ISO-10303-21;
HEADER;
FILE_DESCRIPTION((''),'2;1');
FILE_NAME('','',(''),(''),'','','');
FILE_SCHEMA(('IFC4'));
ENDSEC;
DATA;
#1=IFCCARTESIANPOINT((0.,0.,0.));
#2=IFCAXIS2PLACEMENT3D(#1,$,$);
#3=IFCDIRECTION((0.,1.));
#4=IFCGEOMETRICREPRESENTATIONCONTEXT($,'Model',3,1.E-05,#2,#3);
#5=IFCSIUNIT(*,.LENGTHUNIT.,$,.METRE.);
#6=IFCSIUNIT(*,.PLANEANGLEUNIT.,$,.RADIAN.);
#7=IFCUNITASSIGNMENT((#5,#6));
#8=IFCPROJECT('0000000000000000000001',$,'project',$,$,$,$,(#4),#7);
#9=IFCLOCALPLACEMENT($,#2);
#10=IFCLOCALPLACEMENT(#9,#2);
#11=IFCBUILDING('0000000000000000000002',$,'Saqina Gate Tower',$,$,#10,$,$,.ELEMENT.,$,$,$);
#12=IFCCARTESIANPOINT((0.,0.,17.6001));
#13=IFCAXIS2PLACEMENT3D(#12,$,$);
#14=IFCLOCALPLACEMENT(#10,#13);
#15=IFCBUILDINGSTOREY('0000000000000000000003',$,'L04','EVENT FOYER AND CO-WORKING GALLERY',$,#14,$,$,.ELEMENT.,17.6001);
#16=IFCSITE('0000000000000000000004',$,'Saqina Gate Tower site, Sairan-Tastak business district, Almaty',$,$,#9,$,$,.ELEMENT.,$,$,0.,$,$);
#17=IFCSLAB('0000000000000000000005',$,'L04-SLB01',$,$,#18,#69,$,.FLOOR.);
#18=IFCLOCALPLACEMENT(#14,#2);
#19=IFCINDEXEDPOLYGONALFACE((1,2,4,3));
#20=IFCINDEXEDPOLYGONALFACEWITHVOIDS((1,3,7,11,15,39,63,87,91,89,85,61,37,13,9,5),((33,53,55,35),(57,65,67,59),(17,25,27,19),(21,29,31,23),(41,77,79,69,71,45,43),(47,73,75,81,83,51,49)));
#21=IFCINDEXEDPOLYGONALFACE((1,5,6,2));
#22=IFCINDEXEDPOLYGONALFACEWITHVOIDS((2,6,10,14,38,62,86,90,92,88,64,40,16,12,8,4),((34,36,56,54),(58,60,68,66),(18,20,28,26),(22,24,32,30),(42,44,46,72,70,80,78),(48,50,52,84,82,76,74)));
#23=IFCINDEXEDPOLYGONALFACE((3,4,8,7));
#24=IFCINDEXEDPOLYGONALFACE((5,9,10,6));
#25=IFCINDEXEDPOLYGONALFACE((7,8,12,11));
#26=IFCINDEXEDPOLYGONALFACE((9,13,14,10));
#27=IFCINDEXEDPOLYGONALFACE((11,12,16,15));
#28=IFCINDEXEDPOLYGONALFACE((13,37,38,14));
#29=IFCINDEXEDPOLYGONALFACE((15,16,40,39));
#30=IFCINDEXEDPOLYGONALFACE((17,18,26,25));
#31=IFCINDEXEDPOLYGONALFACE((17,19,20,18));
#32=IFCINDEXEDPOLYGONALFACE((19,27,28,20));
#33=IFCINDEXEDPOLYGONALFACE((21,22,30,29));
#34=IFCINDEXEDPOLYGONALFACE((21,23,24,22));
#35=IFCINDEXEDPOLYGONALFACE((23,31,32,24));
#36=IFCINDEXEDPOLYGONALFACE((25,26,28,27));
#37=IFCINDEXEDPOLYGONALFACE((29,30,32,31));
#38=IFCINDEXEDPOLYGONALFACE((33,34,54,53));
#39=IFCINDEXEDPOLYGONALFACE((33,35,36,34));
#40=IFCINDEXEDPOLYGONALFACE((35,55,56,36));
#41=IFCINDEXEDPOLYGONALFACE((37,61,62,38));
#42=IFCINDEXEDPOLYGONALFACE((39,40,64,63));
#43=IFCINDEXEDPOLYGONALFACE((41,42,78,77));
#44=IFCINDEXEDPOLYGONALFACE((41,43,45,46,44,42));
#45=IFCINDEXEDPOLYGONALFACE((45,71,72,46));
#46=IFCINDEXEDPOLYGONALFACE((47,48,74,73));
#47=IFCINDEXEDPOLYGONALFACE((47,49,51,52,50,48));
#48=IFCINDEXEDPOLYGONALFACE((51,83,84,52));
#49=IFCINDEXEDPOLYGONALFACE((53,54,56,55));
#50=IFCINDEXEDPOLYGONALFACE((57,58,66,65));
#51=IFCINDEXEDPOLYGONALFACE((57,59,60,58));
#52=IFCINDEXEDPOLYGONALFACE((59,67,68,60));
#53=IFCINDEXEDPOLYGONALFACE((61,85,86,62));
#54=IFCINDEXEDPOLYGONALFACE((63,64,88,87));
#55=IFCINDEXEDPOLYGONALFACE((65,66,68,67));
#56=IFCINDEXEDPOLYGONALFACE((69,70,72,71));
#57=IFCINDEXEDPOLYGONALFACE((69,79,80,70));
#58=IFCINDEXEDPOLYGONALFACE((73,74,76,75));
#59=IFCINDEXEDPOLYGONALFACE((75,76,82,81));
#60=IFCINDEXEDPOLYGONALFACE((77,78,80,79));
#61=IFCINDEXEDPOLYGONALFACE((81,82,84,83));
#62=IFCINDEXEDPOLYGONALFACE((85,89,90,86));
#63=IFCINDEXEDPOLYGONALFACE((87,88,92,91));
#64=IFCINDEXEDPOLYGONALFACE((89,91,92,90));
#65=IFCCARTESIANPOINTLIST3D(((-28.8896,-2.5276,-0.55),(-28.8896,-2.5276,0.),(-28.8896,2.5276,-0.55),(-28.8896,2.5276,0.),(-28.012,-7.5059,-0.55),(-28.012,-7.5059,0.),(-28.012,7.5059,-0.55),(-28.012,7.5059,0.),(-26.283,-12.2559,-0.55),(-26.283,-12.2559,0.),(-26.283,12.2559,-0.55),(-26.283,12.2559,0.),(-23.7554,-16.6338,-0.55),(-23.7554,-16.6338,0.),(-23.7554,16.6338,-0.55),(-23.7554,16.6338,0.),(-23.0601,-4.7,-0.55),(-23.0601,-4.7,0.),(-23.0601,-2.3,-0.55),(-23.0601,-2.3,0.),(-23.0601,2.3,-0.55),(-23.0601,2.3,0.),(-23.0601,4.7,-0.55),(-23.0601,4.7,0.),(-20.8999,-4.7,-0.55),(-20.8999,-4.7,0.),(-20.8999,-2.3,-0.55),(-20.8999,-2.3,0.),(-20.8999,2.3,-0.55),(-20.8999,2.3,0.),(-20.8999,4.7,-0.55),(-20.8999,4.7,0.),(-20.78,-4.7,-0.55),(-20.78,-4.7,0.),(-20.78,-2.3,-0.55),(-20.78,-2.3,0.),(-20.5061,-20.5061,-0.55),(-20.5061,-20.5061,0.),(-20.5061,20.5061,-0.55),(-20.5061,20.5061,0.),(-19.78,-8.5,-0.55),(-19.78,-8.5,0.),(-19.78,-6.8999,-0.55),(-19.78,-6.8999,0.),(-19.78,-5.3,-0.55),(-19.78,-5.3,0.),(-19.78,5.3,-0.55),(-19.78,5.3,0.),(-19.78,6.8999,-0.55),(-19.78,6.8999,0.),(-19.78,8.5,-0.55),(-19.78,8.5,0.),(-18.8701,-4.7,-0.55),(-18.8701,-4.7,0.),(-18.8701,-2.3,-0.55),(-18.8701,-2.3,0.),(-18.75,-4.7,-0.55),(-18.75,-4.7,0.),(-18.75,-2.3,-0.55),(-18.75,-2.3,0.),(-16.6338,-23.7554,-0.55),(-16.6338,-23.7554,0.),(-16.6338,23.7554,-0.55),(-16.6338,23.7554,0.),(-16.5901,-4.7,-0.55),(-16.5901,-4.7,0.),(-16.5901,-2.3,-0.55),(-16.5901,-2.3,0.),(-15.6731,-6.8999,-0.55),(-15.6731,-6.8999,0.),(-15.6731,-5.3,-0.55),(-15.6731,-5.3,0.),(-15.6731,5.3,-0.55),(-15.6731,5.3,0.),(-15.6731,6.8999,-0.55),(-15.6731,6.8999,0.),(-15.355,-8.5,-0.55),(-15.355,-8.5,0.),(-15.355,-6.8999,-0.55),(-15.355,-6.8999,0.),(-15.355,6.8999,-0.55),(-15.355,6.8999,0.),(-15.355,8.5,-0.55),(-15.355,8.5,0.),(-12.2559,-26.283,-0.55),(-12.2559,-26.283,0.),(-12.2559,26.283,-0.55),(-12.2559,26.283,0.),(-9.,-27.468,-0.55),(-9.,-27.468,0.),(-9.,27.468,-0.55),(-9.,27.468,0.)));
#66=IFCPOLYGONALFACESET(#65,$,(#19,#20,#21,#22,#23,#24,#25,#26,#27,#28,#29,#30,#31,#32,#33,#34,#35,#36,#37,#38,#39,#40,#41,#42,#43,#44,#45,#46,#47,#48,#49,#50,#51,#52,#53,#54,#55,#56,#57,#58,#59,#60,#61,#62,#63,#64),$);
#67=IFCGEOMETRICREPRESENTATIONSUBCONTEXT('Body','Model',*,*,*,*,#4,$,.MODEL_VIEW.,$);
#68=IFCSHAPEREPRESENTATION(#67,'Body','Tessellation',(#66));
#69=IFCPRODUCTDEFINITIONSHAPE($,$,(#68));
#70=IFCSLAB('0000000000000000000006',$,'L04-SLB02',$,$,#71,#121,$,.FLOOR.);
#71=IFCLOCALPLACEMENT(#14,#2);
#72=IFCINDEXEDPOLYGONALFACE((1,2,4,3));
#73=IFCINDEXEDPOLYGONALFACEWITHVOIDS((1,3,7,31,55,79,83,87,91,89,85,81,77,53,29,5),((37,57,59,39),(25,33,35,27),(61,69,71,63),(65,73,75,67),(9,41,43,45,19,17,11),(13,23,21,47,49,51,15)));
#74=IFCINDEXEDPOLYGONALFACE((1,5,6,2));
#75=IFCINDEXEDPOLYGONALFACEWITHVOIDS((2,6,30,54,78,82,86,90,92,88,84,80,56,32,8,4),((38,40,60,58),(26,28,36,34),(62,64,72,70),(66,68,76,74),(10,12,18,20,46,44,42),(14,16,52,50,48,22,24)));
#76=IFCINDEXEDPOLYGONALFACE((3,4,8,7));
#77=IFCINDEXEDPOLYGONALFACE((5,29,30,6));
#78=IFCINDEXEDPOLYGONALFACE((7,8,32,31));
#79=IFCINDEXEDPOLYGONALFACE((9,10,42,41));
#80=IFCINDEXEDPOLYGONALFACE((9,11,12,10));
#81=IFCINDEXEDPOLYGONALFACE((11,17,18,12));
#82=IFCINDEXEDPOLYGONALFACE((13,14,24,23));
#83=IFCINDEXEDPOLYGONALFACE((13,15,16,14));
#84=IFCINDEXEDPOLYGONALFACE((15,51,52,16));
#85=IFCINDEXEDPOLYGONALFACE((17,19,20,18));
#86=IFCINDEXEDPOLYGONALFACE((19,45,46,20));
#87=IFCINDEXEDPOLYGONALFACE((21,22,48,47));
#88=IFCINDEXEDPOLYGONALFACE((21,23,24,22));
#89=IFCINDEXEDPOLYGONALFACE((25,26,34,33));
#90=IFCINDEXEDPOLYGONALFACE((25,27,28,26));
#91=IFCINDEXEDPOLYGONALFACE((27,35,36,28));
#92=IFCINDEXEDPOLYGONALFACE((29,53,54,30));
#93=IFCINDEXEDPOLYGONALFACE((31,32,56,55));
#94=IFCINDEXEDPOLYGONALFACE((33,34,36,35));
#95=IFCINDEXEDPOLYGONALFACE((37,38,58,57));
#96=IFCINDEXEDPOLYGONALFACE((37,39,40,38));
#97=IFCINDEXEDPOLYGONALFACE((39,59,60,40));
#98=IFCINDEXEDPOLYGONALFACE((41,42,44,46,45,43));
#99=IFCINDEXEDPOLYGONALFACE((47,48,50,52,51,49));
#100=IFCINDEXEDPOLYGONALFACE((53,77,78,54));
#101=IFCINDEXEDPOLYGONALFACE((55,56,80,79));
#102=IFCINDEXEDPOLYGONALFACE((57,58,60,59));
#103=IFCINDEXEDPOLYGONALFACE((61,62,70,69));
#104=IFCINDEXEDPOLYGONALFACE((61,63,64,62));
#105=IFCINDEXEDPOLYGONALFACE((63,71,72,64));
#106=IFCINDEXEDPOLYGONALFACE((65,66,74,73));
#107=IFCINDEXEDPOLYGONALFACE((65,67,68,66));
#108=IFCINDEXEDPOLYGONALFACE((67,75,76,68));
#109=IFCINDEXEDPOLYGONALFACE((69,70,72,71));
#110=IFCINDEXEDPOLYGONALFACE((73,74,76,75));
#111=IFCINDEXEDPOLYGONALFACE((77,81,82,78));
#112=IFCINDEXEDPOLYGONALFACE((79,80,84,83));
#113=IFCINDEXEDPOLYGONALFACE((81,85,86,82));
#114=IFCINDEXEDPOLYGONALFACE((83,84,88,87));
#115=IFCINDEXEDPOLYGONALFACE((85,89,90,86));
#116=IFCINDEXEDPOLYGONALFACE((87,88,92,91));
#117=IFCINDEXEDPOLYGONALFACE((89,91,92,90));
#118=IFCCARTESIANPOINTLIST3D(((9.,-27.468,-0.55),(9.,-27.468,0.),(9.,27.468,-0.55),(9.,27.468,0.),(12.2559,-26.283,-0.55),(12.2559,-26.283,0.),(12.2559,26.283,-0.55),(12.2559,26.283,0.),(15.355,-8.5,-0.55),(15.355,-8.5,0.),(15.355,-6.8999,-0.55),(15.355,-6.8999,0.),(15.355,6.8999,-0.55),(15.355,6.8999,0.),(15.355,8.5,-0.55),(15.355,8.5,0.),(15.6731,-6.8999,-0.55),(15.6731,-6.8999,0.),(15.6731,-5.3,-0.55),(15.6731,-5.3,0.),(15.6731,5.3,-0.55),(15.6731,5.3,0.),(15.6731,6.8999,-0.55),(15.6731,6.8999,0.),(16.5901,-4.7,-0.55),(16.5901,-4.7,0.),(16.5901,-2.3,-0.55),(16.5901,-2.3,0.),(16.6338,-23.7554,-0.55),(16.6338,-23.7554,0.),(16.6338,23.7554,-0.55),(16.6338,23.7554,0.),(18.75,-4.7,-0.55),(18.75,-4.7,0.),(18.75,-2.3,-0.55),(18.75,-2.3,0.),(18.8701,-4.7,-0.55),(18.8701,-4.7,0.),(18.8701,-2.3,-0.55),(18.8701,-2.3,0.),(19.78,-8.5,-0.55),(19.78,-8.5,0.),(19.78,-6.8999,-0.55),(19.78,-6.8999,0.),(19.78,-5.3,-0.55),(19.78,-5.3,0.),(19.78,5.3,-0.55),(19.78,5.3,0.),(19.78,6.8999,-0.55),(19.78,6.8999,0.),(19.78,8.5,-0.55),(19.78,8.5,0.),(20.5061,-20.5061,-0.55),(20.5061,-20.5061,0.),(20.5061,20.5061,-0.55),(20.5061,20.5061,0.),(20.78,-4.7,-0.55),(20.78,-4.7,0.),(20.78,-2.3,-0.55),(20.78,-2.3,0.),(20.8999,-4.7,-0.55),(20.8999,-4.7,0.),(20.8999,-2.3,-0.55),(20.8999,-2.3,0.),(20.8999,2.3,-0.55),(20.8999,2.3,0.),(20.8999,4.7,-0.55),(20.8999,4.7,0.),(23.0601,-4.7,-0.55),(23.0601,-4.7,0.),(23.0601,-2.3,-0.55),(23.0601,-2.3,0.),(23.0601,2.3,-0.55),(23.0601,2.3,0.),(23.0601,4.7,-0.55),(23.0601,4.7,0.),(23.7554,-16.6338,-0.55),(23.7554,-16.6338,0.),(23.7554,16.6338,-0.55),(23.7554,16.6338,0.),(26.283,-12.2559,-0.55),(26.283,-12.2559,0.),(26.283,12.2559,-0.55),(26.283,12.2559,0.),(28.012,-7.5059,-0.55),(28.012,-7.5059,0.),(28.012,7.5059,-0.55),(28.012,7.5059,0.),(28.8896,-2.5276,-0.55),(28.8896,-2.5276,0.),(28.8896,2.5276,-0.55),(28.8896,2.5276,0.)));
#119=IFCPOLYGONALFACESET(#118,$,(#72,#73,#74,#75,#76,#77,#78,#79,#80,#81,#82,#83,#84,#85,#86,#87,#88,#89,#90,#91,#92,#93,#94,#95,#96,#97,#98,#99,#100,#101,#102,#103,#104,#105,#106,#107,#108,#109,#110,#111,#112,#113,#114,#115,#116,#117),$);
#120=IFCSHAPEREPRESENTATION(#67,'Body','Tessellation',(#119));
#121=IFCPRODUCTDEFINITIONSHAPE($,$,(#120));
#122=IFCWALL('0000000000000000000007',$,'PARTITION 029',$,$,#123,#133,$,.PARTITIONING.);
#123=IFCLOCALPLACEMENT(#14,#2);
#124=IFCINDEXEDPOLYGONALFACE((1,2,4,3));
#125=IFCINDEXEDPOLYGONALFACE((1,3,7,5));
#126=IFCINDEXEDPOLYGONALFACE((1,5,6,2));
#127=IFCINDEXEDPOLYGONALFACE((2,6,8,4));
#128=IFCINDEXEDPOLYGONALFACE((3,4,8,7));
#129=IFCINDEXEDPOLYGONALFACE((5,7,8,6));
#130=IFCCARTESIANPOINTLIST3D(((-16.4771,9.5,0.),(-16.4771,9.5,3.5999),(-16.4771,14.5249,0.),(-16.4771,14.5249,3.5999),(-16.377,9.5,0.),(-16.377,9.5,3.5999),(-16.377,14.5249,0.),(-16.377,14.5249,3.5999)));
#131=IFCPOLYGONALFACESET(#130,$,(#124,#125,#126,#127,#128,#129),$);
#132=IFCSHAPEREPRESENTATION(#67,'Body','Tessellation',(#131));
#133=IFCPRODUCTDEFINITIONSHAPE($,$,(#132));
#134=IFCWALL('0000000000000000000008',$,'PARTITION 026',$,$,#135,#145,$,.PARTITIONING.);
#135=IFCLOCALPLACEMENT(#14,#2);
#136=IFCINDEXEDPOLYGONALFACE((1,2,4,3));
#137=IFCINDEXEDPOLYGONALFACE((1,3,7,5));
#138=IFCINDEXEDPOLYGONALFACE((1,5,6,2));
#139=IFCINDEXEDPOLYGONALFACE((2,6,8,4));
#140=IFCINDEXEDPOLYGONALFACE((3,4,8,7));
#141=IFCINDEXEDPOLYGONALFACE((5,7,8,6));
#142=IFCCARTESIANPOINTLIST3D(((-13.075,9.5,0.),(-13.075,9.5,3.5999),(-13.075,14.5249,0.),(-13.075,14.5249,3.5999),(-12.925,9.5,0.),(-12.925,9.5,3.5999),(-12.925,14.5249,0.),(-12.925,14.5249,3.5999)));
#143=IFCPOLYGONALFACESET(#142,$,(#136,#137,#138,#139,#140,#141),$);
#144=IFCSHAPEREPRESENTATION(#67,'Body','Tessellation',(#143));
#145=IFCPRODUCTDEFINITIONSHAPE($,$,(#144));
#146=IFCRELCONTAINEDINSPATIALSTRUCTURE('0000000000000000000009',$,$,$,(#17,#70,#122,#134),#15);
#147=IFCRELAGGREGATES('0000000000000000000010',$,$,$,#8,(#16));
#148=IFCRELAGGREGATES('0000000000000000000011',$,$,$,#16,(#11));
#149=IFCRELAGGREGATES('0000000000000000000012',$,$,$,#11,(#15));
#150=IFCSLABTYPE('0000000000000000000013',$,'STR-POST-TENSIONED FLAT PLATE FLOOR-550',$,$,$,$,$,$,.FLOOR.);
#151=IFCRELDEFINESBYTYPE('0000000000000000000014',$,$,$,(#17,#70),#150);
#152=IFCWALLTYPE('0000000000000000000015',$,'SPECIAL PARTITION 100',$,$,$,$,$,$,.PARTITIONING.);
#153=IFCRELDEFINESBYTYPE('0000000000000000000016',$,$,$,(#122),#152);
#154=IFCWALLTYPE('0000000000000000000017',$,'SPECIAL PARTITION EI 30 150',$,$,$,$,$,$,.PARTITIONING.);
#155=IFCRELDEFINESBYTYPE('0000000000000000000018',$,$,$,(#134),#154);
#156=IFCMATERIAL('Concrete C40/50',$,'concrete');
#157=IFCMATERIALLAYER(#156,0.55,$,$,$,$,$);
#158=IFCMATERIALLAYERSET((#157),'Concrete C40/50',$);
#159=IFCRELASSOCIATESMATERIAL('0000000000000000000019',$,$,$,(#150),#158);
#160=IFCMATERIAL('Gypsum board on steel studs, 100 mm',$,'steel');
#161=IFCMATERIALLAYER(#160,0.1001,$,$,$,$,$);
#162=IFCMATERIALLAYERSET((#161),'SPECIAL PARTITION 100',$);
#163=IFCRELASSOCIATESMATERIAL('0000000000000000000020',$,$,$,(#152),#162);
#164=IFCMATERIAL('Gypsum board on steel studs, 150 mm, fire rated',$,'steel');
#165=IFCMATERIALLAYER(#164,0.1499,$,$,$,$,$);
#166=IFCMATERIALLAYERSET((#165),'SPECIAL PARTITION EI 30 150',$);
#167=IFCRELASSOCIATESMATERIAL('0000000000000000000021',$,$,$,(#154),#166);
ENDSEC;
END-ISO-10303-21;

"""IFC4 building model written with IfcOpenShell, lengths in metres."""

from ifc_helpers import new_model, si_unit, direction, frame, frame_2d, origin, place, context, subcontext, project, spatial, polyline, rectangle, outline, extrude, material, layer, layer_set, type_object, element, save


model = new_model("IFC4")

# Units and contexts
model_context = context("Model", 3, precision=1e-05, world=origin(), true_north=direction((0.0, 1.0)))
body_context = subcontext(model_context, "Body", "Model", "MODEL_VIEW")
ifc_project = project(units=[si_unit("LENGTHUNIT", "METRE"), si_unit("PLANEANGLEUNIT", "RADIAN")], contexts=[model_context])

# Site, building, storey
site_placement = place(None, origin())
site = spatial("IfcSite", under=ifc_project, at=site_placement, Name="Saqina Gate Tower site, Sairan-Tastak business district, Almaty", CompositionType="ELEMENT", RefElevation=0.0)
building_placement = place(site_placement, origin())
building = spatial("IfcBuilding", under=site, at=building_placement, Name="Saqina Gate Tower", CompositionType="ELEMENT")
storey_placement = place(building_placement, frame((0.0, 0.0, 17.6001)))
storey = spatial("IfcBuildingStorey", under=building, at=storey_placement, Name="L04", Description="EVENT FOYER AND CO-WORKING GALLERY", CompositionType="ELEMENT", Elevation=17.6001)

# Slabs
ifc_material_1 = material(Name="Concrete C40/50", Category="concrete")
ifc_layer_1 = layer(ifc_material_1, 0.55)
ifc_layer_set_1 = layer_set([ifc_layer_1], Name="Concrete C40/50")
slab_type = type_object("IfcSlabType", Name="STR-POST-TENSIONED FLAT PLATE FLOOR-550", PredefinedType="FLOOR", material=ifc_layer_set_1)
slab_1_placement = place(storey_placement, frame((0.0, 0.0, -0.55)))
element("IfcSlab", 1, at=slab_1_placement, inside=storey, type_object=slab_type, Name="L04-SLB01", PredefinedType="FLOOR", context=body_context, shape_type="SweptSolid", body=[
    extrude(outline(polyline([(-16.6338, -23.7554), (-12.2559, -26.283), (-9.0, -27.468), (-9.0, 27.468), (-12.2559, 26.283), (-16.6338, 23.7554), (-20.5061, 20.5061), (-23.7554, 16.6338), (-26.283, 12.2559), (-28.012, 7.5059), (-28.8896, 2.5276), (-28.8896, -2.5276), (-28.012, -7.5059), (-26.283, -12.2559), (-23.7554, -16.6338), (-20.5061, -20.5061), (-16.6338, -23.7554)]), holes=[polyline([(-19.78, -8.5), (-19.78, -6.8999), (-19.78, -5.3), (-15.6731, -5.3), (-15.6731, -6.8999), (-15.355, -6.8999), (-15.355, -8.5), (-19.78, -8.5)]), polyline([(-20.8999, -2.3), (-20.8999, -4.7), (-23.0601, -4.7), (-23.0601, -2.3), (-20.8999, -2.3)]), polyline([(-18.8701, -2.3), (-18.8701, -4.7), (-20.78, -4.7), (-20.78, -2.3), (-18.8701, -2.3)]), polyline([(-16.5901, -2.3), (-16.5901, -4.7), (-18.75, -4.7), (-18.75, -2.3), (-16.5901, -2.3)]), polyline([(-20.8999, 4.7), (-20.8999, 2.3), (-23.0601, 2.3), (-23.0601, 4.7), (-20.8999, 4.7)]), polyline([(-19.78, 6.8999), (-19.78, 8.5), (-15.355, 8.5), (-15.355, 6.8999), (-15.6731, 6.8999), (-15.6731, 5.3), (-19.78, 5.3), (-19.78, 6.8999)])]), origin(), (0.0, 0.0, 1.0), 0.55),
])
slab_2_placement = place(storey_placement, frame((0.0, 0.0, -0.55)))
element("IfcSlab", 2, at=slab_2_placement, inside=storey, type_object=slab_type, Name="L04-SLB02", PredefinedType="FLOOR", context=body_context, shape_type="SweptSolid", body=[
    extrude(outline(polyline([(26.283, -12.2559), (28.012, -7.5059), (28.8896, -2.5276), (28.8896, 2.5276), (28.012, 7.5059), (26.283, 12.2559), (23.7554, 16.6338), (20.5061, 20.5061), (16.6338, 23.7554), (12.2559, 26.283), (9.0, 27.468), (9.0, -27.468), (12.2559, -26.283), (16.6338, -23.7554), (20.5061, -20.5061), (23.7554, -16.6338), (26.283, -12.2559)]), holes=[polyline([(15.355, -6.8999), (15.6731, -6.8999), (15.6731, -5.3), (19.78, -5.3), (19.78, -6.8999), (19.78, -8.5), (15.355, -8.5), (15.355, -6.8999)]), polyline([(18.75, -2.3), (18.75, -4.7), (16.5901, -4.7), (16.5901, -2.3), (18.75, -2.3)]), polyline([(20.78, -2.3), (20.78, -4.7), (18.8701, -4.7), (18.8701, -2.3), (20.78, -2.3)]), polyline([(23.0601, -2.3), (23.0601, -4.7), (20.8999, -4.7), (20.8999, -2.3), (23.0601, -2.3)]), polyline([(23.0601, 4.7), (23.0601, 2.3), (20.8999, 2.3), (20.8999, 4.7), (23.0601, 4.7)]), polyline([(15.6731, 6.8999), (15.355, 6.8999), (15.355, 8.5), (19.78, 8.5), (19.78, 6.8999), (19.78, 5.3), (15.6731, 5.3), (15.6731, 6.8999)])]), origin(), (0.0, 0.0, 1.0), 0.55),
])

# Walls
ifc_material_2 = material(Name="Gypsum board on steel studs, 100 mm", Category="steel")
ifc_layer_2 = layer(ifc_material_2, 0.1001)
ifc_layer_set_2 = layer_set([ifc_layer_2], Name="SPECIAL PARTITION 100")
wall_type_1 = type_object("IfcWallType", Name="SPECIAL PARTITION 100", PredefinedType="PARTITIONING", material=ifc_layer_set_2)
wall_1_placement = place(storey_placement, frame((-16.427, 9.5, 0.0), z_axis=(0.0, 0.0, 1.0), x_axis=(0.0, 1.0, 0.0)))
element("IfcWall", 3, at=wall_1_placement, inside=storey, type_object=wall_type_1, Name="PARTITION 029", PredefinedType="PARTITIONING", context=body_context, shape_type="SweptSolid", body=[
    extrude(rectangle(XDim=5.0249, YDim=0.1001, at=frame_2d((2.5125, 0.0))), origin(), (0.0, 0.0, 1.0), 3.5999),
])
ifc_material_3 = material(Name="Gypsum board on steel studs, 150 mm, fire rated", Category="steel")
ifc_layer_3 = layer(ifc_material_3, 0.1499)
ifc_layer_set_3 = layer_set([ifc_layer_3], Name="SPECIAL PARTITION EI 30 150")
wall_type_2 = type_object("IfcWallType", Name="SPECIAL PARTITION EI 30 150", PredefinedType="PARTITIONING", material=ifc_layer_set_3)
wall_2_placement = place(storey_placement, frame((-13.0, 9.5, 0.0), z_axis=(0.0, 0.0, 1.0), x_axis=(0.0, 1.0, 0.0)))
element("IfcWall", 4, at=wall_2_placement, inside=storey, type_object=wall_type_2, Name="PARTITION 026", PredefinedType="PARTITIONING", context=body_context, shape_type="SweptSolid", body=[
    extrude(rectangle(XDim=5.0249, YDim=0.1499, at=frame_2d((2.5125, 0.0))), origin(), (0.0, 0.0, 1.0), 3.5999),
])

save(model, "model.ifc")
